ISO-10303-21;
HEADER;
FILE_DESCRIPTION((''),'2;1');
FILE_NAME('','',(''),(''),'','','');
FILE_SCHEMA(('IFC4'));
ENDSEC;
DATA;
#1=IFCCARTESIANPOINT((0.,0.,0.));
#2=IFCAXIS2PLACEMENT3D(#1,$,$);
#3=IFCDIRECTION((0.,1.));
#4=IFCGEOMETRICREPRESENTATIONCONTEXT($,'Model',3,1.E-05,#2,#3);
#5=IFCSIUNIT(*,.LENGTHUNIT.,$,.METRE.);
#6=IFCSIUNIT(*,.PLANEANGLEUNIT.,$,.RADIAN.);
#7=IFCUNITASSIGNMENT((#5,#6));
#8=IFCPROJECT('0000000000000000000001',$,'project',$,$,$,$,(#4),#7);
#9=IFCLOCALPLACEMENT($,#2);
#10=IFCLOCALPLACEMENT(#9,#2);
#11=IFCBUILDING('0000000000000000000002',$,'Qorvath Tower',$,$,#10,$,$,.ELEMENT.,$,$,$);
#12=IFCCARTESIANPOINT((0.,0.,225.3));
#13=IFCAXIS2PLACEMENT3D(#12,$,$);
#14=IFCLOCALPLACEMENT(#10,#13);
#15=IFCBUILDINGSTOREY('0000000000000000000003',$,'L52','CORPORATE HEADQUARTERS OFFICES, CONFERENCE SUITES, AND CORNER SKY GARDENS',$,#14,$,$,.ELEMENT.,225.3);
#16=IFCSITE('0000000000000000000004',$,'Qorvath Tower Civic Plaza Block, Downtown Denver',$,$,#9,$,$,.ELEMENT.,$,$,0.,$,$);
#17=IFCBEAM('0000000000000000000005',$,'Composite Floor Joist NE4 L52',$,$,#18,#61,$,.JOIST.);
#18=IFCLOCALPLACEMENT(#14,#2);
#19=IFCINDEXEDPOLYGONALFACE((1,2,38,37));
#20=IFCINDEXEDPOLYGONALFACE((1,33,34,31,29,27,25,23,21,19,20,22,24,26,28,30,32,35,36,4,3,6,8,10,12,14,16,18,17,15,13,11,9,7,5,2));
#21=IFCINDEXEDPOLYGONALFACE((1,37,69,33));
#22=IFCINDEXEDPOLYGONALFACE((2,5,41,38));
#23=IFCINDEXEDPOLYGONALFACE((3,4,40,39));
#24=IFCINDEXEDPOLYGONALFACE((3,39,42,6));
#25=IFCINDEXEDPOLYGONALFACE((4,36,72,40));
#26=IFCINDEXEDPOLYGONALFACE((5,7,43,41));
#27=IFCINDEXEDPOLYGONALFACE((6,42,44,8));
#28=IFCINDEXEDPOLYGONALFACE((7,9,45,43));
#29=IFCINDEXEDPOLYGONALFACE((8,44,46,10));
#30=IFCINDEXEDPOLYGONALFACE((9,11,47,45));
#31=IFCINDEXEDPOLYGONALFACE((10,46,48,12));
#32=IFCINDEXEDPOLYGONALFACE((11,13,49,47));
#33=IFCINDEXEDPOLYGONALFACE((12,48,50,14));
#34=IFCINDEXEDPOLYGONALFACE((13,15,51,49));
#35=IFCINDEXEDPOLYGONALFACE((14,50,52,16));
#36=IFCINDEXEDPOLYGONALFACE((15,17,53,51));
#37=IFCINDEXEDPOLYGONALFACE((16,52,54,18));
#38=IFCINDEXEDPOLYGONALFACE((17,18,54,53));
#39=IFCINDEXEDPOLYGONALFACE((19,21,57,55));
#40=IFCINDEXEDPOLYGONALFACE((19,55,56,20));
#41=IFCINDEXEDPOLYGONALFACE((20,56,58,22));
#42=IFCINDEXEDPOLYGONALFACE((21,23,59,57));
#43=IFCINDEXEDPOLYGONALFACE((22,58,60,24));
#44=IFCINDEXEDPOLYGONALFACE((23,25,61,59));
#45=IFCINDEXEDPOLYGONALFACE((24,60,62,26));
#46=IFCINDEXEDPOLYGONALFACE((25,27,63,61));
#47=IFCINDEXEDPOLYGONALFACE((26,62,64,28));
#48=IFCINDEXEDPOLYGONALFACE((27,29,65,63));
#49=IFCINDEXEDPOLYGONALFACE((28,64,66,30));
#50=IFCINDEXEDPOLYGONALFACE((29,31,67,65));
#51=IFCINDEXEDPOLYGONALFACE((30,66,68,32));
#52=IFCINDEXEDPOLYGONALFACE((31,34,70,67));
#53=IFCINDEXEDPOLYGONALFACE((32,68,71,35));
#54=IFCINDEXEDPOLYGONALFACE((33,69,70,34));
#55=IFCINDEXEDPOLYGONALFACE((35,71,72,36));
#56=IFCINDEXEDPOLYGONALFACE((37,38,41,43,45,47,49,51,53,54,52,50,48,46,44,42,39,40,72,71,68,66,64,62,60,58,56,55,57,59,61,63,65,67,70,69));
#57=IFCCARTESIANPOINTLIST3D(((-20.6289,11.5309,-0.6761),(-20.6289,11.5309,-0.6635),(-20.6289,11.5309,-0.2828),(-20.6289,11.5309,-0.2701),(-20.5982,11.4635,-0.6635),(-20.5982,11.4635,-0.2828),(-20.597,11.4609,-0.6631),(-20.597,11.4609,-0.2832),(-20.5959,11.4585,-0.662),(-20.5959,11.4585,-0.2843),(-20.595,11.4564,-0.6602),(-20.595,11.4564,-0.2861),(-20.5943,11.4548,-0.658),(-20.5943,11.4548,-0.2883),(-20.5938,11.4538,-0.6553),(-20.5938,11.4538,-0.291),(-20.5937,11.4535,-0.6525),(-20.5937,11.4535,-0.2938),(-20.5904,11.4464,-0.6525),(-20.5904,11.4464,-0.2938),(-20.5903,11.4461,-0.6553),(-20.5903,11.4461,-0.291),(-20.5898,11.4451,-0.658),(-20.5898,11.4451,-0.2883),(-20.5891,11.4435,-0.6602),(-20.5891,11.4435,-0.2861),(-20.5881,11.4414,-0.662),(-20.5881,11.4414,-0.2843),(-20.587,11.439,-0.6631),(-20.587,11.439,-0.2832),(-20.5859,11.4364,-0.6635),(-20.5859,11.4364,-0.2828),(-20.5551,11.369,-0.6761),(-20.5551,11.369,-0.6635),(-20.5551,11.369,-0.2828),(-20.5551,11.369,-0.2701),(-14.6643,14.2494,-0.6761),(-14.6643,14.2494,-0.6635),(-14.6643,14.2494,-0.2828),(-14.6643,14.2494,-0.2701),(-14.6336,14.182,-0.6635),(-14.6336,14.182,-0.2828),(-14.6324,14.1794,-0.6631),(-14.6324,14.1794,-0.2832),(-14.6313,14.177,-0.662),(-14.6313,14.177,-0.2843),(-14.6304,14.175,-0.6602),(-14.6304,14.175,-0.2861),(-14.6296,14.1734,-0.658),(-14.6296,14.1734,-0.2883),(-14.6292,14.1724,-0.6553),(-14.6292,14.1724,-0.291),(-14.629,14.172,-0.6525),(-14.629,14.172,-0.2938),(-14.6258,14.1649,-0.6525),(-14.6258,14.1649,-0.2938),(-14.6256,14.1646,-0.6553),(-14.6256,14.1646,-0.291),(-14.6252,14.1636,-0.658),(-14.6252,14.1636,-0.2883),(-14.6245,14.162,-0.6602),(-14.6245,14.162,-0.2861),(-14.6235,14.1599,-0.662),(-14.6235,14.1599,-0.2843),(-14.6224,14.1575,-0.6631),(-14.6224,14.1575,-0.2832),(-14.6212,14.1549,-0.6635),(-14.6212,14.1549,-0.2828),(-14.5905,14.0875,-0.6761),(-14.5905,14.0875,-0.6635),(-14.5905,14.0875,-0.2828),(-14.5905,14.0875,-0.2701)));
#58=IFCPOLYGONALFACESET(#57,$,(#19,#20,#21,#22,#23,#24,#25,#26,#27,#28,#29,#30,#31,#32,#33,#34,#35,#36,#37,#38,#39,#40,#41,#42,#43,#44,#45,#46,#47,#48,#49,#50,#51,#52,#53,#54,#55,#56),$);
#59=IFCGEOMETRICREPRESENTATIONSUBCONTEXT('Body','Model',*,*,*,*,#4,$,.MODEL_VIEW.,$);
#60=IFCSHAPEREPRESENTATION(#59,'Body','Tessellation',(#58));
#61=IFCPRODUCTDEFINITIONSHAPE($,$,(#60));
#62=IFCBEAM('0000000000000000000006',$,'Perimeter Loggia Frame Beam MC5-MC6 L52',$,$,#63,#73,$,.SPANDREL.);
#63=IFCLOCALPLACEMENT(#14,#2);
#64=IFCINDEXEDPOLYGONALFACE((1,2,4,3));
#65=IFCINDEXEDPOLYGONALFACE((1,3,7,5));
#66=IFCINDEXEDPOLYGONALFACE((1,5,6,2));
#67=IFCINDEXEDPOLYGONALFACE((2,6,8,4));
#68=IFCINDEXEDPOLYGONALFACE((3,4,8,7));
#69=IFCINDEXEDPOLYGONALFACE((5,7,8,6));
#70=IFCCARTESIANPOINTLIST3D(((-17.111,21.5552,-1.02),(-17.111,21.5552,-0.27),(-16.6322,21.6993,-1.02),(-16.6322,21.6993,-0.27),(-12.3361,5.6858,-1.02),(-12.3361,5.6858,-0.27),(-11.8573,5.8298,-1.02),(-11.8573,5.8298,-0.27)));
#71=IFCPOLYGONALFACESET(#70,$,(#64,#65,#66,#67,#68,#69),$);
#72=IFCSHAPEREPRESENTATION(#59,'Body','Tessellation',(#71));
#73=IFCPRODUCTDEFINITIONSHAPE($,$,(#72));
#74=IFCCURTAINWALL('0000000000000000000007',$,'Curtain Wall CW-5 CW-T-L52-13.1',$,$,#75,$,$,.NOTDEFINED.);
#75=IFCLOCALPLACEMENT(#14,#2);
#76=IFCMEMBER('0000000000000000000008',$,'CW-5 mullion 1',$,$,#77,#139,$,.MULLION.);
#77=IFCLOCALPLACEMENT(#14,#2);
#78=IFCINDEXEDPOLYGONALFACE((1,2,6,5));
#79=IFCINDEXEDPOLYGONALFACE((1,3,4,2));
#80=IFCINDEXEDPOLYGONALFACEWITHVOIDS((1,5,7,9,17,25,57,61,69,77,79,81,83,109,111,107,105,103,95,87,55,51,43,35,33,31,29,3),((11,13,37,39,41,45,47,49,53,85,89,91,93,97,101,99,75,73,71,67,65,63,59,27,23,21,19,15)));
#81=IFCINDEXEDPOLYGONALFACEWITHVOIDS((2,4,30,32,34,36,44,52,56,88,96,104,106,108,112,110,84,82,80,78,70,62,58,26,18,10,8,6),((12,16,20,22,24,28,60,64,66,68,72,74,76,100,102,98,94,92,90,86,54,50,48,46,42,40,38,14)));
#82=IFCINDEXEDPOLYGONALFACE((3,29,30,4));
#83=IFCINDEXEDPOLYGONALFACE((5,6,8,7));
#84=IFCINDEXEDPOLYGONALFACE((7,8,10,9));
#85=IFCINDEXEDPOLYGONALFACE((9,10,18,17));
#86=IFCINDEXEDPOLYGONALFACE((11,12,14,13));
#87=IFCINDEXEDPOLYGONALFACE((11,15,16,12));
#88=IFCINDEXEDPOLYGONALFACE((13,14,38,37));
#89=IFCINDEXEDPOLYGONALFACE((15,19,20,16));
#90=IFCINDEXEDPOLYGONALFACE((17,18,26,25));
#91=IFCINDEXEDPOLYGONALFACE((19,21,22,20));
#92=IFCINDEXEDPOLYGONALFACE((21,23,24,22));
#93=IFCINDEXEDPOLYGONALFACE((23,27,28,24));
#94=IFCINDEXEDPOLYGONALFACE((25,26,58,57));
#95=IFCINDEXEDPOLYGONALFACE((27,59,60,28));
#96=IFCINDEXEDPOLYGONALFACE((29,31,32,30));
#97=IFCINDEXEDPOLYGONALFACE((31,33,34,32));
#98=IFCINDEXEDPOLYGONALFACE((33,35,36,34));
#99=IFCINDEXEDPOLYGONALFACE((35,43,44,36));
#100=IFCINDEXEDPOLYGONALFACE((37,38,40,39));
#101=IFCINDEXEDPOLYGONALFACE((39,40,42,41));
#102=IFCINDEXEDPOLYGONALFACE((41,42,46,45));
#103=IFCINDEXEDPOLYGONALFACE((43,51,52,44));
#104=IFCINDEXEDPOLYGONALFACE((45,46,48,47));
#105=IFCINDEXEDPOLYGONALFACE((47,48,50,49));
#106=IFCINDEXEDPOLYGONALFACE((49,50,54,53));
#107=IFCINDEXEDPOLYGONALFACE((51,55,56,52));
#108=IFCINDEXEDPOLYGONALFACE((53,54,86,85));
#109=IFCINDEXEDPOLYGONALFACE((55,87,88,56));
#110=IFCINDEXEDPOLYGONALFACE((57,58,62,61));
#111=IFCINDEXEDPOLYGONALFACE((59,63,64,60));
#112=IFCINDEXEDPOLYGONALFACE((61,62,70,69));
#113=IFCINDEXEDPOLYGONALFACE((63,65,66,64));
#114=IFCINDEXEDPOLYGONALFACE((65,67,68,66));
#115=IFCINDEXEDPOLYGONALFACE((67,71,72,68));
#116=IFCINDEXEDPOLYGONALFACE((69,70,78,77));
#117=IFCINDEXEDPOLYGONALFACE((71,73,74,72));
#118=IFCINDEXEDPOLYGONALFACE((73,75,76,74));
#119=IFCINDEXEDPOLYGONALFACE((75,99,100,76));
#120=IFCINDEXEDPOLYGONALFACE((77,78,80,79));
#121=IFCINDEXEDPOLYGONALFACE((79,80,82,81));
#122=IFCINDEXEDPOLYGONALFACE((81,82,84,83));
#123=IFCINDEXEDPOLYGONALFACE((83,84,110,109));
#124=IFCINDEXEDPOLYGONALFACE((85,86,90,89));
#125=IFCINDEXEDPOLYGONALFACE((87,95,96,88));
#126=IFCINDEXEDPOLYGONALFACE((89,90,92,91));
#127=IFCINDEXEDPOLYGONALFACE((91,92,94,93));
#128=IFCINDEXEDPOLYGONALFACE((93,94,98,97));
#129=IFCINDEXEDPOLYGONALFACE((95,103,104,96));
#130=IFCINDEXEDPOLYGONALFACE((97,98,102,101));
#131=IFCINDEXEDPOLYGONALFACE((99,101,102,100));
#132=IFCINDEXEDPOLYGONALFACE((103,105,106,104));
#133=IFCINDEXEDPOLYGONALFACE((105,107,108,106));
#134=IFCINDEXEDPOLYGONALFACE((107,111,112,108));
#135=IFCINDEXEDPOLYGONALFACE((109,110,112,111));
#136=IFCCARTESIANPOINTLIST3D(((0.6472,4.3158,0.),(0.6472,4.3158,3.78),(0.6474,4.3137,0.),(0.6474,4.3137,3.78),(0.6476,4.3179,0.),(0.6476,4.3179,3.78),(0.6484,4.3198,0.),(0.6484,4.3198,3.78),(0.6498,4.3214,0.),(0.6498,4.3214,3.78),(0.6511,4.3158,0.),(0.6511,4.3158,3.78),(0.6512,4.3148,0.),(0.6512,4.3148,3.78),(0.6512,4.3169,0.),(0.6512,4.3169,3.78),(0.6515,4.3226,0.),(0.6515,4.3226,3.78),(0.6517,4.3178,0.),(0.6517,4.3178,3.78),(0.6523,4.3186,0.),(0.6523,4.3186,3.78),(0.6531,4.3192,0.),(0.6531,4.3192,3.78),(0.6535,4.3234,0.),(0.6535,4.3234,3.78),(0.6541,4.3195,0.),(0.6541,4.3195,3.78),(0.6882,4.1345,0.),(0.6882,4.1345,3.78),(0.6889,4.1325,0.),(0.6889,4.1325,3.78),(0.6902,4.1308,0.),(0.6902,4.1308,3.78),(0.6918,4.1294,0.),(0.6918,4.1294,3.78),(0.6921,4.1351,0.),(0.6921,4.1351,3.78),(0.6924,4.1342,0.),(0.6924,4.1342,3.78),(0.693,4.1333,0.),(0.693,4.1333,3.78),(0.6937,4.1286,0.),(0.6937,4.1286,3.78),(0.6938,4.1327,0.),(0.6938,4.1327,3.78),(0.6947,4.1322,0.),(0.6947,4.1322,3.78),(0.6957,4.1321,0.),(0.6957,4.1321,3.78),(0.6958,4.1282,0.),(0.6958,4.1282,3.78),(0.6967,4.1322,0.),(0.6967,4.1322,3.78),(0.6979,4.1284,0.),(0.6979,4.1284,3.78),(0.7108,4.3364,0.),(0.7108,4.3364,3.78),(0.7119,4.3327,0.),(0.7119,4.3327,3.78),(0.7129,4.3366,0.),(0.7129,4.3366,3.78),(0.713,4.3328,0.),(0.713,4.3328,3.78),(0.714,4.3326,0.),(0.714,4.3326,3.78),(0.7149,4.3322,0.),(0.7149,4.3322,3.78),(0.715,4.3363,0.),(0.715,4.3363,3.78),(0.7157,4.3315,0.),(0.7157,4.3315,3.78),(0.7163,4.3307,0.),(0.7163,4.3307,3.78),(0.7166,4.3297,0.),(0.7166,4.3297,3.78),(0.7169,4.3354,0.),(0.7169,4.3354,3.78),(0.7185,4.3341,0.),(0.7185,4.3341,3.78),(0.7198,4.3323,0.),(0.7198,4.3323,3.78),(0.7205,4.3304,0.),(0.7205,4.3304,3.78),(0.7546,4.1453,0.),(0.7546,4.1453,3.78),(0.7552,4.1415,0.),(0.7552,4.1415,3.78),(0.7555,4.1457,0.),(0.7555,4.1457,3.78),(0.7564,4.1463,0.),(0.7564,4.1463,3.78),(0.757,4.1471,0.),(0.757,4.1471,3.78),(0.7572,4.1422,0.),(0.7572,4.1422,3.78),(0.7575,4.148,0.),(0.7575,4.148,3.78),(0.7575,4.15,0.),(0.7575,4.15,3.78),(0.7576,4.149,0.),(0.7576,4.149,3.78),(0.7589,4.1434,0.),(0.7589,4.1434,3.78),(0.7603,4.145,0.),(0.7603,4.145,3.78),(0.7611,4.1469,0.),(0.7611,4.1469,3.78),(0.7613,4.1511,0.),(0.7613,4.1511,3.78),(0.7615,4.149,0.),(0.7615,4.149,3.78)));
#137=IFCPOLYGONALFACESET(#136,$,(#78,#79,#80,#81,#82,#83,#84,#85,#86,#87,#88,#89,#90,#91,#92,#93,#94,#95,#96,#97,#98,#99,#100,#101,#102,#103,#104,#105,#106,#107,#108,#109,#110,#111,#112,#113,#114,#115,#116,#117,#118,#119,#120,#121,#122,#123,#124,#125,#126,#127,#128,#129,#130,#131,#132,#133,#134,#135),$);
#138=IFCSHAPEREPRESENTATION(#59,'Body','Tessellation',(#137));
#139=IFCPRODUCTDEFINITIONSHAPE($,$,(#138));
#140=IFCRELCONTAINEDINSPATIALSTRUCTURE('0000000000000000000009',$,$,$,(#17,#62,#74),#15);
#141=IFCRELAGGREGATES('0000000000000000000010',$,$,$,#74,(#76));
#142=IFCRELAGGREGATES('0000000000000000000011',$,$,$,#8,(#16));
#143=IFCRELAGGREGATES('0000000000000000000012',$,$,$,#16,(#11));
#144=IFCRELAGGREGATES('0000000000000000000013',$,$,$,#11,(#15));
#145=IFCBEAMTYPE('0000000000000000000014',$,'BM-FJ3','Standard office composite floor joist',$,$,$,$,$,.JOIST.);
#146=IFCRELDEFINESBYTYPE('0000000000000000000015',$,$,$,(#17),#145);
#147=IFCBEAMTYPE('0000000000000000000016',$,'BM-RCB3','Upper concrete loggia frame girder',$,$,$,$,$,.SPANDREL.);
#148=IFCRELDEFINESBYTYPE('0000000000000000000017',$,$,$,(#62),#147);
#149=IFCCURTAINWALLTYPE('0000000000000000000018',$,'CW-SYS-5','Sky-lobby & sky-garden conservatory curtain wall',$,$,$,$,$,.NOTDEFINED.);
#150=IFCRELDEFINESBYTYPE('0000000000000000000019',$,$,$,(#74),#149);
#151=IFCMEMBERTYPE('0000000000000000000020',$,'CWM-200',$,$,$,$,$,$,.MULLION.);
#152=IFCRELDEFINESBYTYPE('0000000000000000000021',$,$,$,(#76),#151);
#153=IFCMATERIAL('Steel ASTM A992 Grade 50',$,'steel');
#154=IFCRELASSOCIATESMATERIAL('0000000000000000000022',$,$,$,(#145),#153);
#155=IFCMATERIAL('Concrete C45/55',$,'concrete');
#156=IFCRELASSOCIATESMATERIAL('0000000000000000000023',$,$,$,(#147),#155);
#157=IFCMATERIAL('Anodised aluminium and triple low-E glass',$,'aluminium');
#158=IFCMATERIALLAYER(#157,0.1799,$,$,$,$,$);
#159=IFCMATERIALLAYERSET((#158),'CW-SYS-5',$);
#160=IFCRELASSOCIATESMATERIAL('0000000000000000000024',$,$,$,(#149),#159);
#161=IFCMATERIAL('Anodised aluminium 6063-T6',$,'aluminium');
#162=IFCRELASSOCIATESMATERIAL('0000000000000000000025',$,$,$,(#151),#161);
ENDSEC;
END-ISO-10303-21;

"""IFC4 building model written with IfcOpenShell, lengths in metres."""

from ifc_helpers import new_model, si_unit, direction, frame, origin, origin_2d, place, context, subcontext, project, spatial, rectangle, hollow_rectangle, i_section, extrude, material, layer, layer_set, material_profile, profile_set, type_object, element, aggregate, save


model = new_model("IFC4")

# Units and contexts
model_context = context("Model", 3, precision=1e-05, world=origin(), true_north=direction((0.0, 1.0)))
body_context = subcontext(model_context, "Body", "Model", "MODEL_VIEW")
ifc_project = project(units=[si_unit("LENGTHUNIT", "METRE"), si_unit("PLANEANGLEUNIT", "RADIAN")], contexts=[model_context])

# Site, building, storey
site_placement = place(None, origin())
site = spatial("IfcSite", under=ifc_project, at=site_placement, Name="Qorvath Tower Civic Plaza Block, Downtown Denver", CompositionType="ELEMENT", RefElevation=0.0)
building_placement = place(site_placement, origin())
building = spatial("IfcBuilding", under=site, at=building_placement, Name="Qorvath Tower", CompositionType="ELEMENT")
storey_placement = place(building_placement, frame((0.0, 0.0, 225.3)))
storey = spatial("IfcBuildingStorey", under=building, at=storey_placement, Name="L52", Description="CORPORATE HEADQUARTERS OFFICES, CONFERENCE SUITES, AND CORNER SKY GARDENS", CompositionType="ELEMENT", Elevation=225.3)

# Beams
ifc_material_1 = material(Name="Steel ASTM A992 Grade 50", Category="steel")
ifc_material_profile_1 = material_profile(ifc_material_1, i_section(OverallWidth=0.178, OverallDepth=0.406, WebThickness=0.0078, FlangeThickness=0.0127, FilletRadius=0.011, at=origin_2d()), Name="W16x40")
ifc_profile_set_1 = profile_set([ifc_material_profile_1], Name="Steel ASTM A992 Grade 50")
beam_type_1 = type_object("IfcBeamType", Name="BM-FJ3", Description="Standard office composite floor joist", PredefinedType="JOIST", material=ifc_profile_set_1)
beam_1_placement = place(storey_placement, frame((-20.592, 11.45, -0.4731), z_axis=(0.909945, 0.414729, 0.0), x_axis=(-0.414729, 0.909945, 0.0)))
element("IfcBeam", 1, at=beam_1_placement, inside=storey, type_object=beam_type_1, Name="Composite Floor Joist NE4 L52", PredefinedType="JOIST", context=body_context, shape_type="SweptSolid", body=[
    extrude(i_section(OverallWidth=0.178, OverallDepth=0.406, WebThickness=0.0078, FlangeThickness=0.0127, FilletRadius=0.011, at=origin_2d()), origin(), (0.0, 0.0, 1.0), 6.5549),
])
ifc_material_2 = material(Name="Concrete C45/55", Category="concrete")
ifc_material_profile_2 = material_profile(ifc_material_2, rectangle(XDim=0.5, YDim=0.75, at=origin_2d()), Name="RCB 750x500")
ifc_profile_set_2 = profile_set([ifc_material_profile_2], Name="Concrete C45/55")
beam_type_2 = type_object("IfcBeamType", Name="BM-RCB3", Description="Upper concrete loggia frame girder", PredefinedType="SPANDREL", material=ifc_profile_set_2)
beam_2_placement = place(storey_placement, frame((-12.0967, 5.7578, -0.645), z_axis=(-0.288128, 0.957592, 0.0), x_axis=(-0.957592, -0.288128, 0.0)))
element("IfcBeam", 2, at=beam_2_placement, inside=storey, type_object=beam_type_2, Name="Perimeter Loggia Frame Beam MC5-MC6 L52", PredefinedType="SPANDREL", context=body_context, shape_type="SweptSolid", body=[
    extrude(rectangle(XDim=0.5, YDim=0.75, at=origin_2d()), origin(), (0.0, 0.0, 1.0), 16.5723),
])

# Curtain wall, member
ifc_material_3 = material(Name="Anodised aluminium and triple low-E glass", Category="aluminium")
ifc_layer_1 = layer(ifc_material_3, 0.1799)
ifc_layer_set_1 = layer_set([ifc_layer_1], Name="CW-SYS-5")
curtain_wall_type = type_object("IfcCurtainWallType", Name="CW-SYS-5", Description="Sky-lobby & sky-garden conservatory curtain wall", PredefinedType="NOTDEFINED", material=ifc_layer_set_1)
curtain_wall_1_placement = place(storey_placement, origin())
curtain_wall_1 = element("IfcCurtainWall", 3, at=curtain_wall_1_placement, inside=storey, type_object=curtain_wall_type, Name="Curtain Wall CW-5 CW-T-L52-13.1", PredefinedType="NOTDEFINED")
ifc_material_4 = material(Name="Anodised aluminium 6063-T6", Category="aluminium")
ifc_material_profile_3 = material_profile(ifc_material_4, hollow_rectangle(XDim=0.075, YDim=0.2, WallThickness=0.0039, InnerFilletRadius=0.0039, OuterFilletRadius=0.0081, at=origin_2d()), Name="CWM 200x75")
ifc_profile_set_3 = profile_set([ifc_material_profile_3], Name="Anodised aluminium 6063-T6")
member_type_1 = type_object("IfcMemberType", Name="CWM-200", PredefinedType="MULLION", material=ifc_profile_set_3)
member_1_placement = place(storey_placement, frame((0.7043, 4.2324, 0.0), z_axis=(0.0, 0.0, 1.0), x_axis=(-0.975053, -0.22197, 0.0)))
member_1 = element("IfcMember", 4, at=member_1_placement, type_object=member_type_1, Name="CW-5 mullion 1", PredefinedType="MULLION", context=body_context, shape_type="SweptSolid", body=[
    extrude(hollow_rectangle(XDim=0.075, YDim=0.2, WallThickness=0.0039, InnerFilletRadius=0.0039, OuterFilletRadius=0.0081, at=origin_2d()), origin(), (0.0, 0.0, 1.0), 3.78),
])

aggregate(curtain_wall_1, [member_1])

save(model, "model.ifc")
